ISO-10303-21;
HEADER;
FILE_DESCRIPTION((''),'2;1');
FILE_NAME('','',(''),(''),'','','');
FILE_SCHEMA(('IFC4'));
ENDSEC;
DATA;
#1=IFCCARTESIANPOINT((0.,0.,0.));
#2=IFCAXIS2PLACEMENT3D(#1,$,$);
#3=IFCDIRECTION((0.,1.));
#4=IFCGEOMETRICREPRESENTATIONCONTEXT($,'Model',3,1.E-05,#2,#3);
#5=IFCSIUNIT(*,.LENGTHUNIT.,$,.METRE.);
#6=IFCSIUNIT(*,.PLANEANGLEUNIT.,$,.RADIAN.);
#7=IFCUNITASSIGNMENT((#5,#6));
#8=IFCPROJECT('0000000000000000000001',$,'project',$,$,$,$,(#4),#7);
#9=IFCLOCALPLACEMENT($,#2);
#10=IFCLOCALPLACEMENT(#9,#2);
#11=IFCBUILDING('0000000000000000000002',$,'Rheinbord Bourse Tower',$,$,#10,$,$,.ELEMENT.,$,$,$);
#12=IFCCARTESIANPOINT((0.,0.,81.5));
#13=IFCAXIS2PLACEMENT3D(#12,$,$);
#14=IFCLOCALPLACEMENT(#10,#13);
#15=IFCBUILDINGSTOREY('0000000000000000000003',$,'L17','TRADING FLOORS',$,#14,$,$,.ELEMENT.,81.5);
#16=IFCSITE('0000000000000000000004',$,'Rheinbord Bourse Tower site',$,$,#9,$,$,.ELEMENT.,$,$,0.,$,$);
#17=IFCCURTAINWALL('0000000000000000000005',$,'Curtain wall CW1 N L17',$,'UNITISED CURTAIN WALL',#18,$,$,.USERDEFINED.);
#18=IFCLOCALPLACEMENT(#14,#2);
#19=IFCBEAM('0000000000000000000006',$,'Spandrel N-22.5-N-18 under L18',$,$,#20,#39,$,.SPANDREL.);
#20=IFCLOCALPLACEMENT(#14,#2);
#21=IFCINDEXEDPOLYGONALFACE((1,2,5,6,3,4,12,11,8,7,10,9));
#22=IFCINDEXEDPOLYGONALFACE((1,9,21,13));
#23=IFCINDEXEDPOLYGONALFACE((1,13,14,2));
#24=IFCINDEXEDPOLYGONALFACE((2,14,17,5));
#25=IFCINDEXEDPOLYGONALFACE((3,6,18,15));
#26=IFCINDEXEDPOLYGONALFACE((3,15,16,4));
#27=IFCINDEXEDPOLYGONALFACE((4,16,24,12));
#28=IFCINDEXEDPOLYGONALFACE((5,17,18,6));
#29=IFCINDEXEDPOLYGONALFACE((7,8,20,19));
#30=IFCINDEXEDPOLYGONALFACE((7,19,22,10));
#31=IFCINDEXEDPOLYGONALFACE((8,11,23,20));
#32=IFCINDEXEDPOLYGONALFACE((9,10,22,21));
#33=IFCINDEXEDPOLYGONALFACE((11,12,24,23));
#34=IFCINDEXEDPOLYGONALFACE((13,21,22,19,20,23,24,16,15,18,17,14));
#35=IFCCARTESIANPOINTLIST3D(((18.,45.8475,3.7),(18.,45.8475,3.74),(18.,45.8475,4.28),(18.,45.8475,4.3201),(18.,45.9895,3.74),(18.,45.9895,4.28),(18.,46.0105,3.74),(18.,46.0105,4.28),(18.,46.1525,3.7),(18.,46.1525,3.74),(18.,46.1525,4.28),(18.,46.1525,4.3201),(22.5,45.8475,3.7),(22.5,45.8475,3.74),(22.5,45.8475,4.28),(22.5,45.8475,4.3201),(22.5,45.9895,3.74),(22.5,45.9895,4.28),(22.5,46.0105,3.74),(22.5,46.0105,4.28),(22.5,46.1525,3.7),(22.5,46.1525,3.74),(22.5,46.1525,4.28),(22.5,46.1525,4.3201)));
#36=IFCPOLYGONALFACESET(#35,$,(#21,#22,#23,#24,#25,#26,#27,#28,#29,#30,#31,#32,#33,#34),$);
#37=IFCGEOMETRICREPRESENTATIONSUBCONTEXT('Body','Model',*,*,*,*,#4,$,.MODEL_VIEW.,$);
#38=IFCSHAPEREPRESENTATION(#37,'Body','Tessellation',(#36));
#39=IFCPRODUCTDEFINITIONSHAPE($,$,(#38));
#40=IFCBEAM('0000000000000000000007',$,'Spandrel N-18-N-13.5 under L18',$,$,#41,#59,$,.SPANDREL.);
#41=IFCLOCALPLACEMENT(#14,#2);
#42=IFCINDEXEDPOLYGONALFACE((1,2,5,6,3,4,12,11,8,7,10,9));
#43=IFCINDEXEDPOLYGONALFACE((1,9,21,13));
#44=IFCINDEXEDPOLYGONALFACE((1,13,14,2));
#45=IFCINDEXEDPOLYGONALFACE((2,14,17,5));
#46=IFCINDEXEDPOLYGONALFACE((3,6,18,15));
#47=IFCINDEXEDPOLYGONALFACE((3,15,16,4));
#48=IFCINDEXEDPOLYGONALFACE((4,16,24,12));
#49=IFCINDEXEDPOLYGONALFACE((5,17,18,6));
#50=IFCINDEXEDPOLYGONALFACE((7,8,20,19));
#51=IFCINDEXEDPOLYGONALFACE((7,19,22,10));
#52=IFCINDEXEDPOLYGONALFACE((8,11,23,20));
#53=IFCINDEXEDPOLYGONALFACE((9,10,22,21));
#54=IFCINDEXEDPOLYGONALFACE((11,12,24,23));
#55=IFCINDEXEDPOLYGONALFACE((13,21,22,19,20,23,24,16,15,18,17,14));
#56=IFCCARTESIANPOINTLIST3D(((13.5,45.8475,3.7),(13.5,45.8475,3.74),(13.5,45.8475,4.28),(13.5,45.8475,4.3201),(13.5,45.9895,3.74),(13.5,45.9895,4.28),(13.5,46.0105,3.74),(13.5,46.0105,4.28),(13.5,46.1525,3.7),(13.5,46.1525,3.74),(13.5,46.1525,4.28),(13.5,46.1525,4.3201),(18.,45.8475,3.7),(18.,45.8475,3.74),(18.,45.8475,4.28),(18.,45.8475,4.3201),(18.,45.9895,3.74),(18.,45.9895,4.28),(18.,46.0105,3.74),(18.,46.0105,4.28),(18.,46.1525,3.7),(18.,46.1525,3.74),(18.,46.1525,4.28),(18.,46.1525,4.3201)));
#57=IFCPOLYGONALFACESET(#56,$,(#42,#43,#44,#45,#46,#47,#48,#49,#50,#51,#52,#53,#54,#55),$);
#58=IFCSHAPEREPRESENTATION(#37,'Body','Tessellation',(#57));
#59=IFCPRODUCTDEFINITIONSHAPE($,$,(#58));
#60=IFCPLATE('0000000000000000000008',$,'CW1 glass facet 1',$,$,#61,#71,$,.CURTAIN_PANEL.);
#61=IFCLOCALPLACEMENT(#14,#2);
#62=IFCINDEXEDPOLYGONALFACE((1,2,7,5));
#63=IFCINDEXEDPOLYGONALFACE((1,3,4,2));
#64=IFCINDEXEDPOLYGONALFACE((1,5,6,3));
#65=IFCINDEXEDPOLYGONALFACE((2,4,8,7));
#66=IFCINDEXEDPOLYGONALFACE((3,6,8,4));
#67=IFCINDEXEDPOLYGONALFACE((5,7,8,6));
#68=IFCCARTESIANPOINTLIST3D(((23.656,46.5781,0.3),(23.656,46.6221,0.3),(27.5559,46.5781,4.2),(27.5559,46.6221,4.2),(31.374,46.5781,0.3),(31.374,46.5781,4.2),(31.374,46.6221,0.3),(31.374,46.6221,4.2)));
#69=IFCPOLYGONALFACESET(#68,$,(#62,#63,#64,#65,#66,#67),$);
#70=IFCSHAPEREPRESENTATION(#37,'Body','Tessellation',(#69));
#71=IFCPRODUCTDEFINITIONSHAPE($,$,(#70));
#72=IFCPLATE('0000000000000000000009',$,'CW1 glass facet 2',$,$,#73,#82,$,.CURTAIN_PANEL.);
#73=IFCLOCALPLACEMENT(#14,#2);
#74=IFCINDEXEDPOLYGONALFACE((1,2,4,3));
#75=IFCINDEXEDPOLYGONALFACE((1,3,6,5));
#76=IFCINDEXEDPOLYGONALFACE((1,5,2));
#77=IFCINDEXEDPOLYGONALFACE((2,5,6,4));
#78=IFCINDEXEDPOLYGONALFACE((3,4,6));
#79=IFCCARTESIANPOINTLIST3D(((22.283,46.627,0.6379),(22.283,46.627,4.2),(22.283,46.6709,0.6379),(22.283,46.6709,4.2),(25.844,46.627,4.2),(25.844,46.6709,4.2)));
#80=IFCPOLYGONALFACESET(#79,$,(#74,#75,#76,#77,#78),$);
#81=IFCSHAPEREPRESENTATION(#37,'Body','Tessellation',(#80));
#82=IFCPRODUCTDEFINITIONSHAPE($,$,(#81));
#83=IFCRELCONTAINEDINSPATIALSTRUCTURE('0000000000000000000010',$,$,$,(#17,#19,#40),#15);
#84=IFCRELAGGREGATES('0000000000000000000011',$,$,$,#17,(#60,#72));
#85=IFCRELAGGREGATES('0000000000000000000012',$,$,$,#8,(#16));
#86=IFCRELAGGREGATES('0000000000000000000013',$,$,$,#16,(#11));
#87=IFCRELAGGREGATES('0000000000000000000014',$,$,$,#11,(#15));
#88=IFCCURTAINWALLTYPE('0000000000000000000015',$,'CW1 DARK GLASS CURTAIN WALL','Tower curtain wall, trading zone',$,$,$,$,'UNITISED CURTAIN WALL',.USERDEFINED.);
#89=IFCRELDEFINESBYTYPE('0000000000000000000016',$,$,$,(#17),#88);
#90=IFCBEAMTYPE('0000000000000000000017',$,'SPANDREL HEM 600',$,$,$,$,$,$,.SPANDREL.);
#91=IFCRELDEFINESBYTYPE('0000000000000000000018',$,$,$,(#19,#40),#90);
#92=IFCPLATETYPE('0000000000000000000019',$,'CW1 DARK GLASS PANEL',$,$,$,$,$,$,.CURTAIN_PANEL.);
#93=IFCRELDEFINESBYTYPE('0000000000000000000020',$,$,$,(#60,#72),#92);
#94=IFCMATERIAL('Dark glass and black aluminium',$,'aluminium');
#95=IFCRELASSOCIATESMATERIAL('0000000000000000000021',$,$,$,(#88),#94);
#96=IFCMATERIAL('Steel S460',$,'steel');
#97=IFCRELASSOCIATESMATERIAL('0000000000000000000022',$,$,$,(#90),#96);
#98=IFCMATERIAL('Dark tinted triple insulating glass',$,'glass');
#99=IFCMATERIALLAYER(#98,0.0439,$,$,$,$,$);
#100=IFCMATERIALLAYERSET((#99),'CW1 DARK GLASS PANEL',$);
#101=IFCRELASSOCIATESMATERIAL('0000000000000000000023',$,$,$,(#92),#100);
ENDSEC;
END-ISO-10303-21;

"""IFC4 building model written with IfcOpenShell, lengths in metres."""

from ifc_helpers import new_model, si_unit, direction, frame, origin, origin_2d, place, context, subcontext, project, spatial, polyline, i_section, outline, extrude, material, layer, layer_set, material_profile, profile_set, type_object, element, aggregate, save


model = new_model("IFC4")

# Units and contexts
model_context = context("Model", 3, precision=1e-05, world=origin(), true_north=direction((0.0, 1.0)))
body_context = subcontext(model_context, "Body", "Model", "MODEL_VIEW")
ifc_project = project(units=[si_unit("LENGTHUNIT", "METRE"), si_unit("PLANEANGLEUNIT", "RADIAN")], contexts=[model_context])

# Site, building, storey
site_placement = place(None, origin())
site = spatial("IfcSite", under=ifc_project, at=site_placement, Name="Rheinbord Bourse Tower site", CompositionType="ELEMENT", RefElevation=0.0)
building_placement = place(site_placement, origin())
building = spatial("IfcBuilding", under=site, at=building_placement, Name="Rheinbord Bourse Tower", CompositionType="ELEMENT")
storey_placement = place(building_placement, frame((0.0, 0.0, 81.5)))
storey = spatial("IfcBuildingStorey", under=building, at=storey_placement, Name="L17", Description="TRADING FLOORS", CompositionType="ELEMENT", Elevation=81.5)

# Curtain wall
ifc_material_1 = material(Name="Dark glass and black aluminium", Category="aluminium")
curtain_wall_type = type_object("IfcCurtainWallType", Name="CW1 DARK GLASS CURTAIN WALL", Description="Tower curtain wall, trading zone", ElementType="UNITISED CURTAIN WALL", PredefinedType="USERDEFINED", material=ifc_material_1)
curtain_wall_placement = place(storey_placement, origin())
curtain_wall = element("IfcCurtainWall", 1, at=curtain_wall_placement, inside=storey, type_object=curtain_wall_type, Name="Curtain wall CW1 N L17", ObjectType="UNITISED CURTAIN WALL", PredefinedType="USERDEFINED")

# Beams
ifc_material_2 = material(Name="Steel S460", Category="steel")
ifc_material_profile_1 = material_profile(ifc_material_2, i_section(OverallWidth=0.3049, OverallDepth=0.6201, WebThickness=0.021, FlangeThickness=0.04, at=origin_2d()), Name="HEM 600")
ifc_profile_set_1 = profile_set([ifc_material_profile_1], Name="Steel S460")
beam_type_1 = type_object("IfcBeamType", Name="SPANDREL HEM 600", PredefinedType="SPANDREL", material=ifc_profile_set_1)
for number, where, z_axis, x_axis, name in (
    (2, (22.5, 46.0, 4.01), (-1.0, 0.0, 0.0), (0.0, -1.0, 0.0), "Spandrel N-22.5-N-18 under L18"),
    (3, (18.0, 46.0, 4.01), (-1.0, 0.0, 0.0), (0.0, -1.0, 0.0), "Spandrel N-18-N-13.5 under L18"),
):
    element("IfcBeam", number, at=place(storey_placement, frame(where, z_axis=z_axis, x_axis=x_axis)), inside=storey, type_object=beam_type_1, Name=name, PredefinedType="SPANDREL", context=body_context, shape_type="SweptSolid", body=[
        extrude(i_section(OverallWidth=0.3049, OverallDepth=0.6201, WebThickness=0.021, FlangeThickness=0.04, at=origin_2d()), origin(), (0.0, 0.0, 1.0), 4.5),
    ])

# Plates
ifc_material_3 = material(Name="Dark tinted triple insulating glass", Category="glass")
ifc_layer = layer(ifc_material_3, 0.0439)
ifc_layer_set = layer_set([ifc_layer], Name="CW1 DARK GLASS PANEL")
plate_type = type_object("IfcPlateType", Name="CW1 DARK GLASS PANEL", PredefinedType="CURTAIN_PANEL", material=ifc_layer_set)
plate_1_placement = place(storey_placement, frame((31.374, 46.6221, 0.3), z_axis=(0.0, -1.0, 0.0), x_axis=(0.0, 0.0, 1.0)))
plate_1 = element("IfcPlate", 4, at=plate_1_placement, type_object=plate_type, Name="CW1 glass facet 1", PredefinedType="CURTAIN_PANEL", context=body_context, shape_type="SweptSolid", body=[
    extrude(outline(polyline([(0.0, 0.0), (3.8999, 0.0), (3.8999, 3.8181), (0.0, 7.718), (0.0, 0.0)])), origin(), (0.0, 0.0, 1.0), 0.0439),
])
plate_2_placement = place(storey_placement, frame((22.283, 46.6709, 4.2), z_axis=(0.0, -1.0, 0.0), x_axis=(0.0, 0.0, -1.0)))
plate_2 = element("IfcPlate", 5, at=plate_2_placement, type_object=plate_type, Name="CW1 glass facet 2", PredefinedType="CURTAIN_PANEL", context=body_context, shape_type="SweptSolid", body=[
    extrude(outline(polyline([(0.0, 0.0), (3.562, 0.0), (0.0, 3.561), (0.0, 0.0)])), origin(), (0.0, 0.0, 1.0), 0.0439),
])
aggregate(curtain_wall, [plate_1, plate_2])

save(model, "model.ifc")
